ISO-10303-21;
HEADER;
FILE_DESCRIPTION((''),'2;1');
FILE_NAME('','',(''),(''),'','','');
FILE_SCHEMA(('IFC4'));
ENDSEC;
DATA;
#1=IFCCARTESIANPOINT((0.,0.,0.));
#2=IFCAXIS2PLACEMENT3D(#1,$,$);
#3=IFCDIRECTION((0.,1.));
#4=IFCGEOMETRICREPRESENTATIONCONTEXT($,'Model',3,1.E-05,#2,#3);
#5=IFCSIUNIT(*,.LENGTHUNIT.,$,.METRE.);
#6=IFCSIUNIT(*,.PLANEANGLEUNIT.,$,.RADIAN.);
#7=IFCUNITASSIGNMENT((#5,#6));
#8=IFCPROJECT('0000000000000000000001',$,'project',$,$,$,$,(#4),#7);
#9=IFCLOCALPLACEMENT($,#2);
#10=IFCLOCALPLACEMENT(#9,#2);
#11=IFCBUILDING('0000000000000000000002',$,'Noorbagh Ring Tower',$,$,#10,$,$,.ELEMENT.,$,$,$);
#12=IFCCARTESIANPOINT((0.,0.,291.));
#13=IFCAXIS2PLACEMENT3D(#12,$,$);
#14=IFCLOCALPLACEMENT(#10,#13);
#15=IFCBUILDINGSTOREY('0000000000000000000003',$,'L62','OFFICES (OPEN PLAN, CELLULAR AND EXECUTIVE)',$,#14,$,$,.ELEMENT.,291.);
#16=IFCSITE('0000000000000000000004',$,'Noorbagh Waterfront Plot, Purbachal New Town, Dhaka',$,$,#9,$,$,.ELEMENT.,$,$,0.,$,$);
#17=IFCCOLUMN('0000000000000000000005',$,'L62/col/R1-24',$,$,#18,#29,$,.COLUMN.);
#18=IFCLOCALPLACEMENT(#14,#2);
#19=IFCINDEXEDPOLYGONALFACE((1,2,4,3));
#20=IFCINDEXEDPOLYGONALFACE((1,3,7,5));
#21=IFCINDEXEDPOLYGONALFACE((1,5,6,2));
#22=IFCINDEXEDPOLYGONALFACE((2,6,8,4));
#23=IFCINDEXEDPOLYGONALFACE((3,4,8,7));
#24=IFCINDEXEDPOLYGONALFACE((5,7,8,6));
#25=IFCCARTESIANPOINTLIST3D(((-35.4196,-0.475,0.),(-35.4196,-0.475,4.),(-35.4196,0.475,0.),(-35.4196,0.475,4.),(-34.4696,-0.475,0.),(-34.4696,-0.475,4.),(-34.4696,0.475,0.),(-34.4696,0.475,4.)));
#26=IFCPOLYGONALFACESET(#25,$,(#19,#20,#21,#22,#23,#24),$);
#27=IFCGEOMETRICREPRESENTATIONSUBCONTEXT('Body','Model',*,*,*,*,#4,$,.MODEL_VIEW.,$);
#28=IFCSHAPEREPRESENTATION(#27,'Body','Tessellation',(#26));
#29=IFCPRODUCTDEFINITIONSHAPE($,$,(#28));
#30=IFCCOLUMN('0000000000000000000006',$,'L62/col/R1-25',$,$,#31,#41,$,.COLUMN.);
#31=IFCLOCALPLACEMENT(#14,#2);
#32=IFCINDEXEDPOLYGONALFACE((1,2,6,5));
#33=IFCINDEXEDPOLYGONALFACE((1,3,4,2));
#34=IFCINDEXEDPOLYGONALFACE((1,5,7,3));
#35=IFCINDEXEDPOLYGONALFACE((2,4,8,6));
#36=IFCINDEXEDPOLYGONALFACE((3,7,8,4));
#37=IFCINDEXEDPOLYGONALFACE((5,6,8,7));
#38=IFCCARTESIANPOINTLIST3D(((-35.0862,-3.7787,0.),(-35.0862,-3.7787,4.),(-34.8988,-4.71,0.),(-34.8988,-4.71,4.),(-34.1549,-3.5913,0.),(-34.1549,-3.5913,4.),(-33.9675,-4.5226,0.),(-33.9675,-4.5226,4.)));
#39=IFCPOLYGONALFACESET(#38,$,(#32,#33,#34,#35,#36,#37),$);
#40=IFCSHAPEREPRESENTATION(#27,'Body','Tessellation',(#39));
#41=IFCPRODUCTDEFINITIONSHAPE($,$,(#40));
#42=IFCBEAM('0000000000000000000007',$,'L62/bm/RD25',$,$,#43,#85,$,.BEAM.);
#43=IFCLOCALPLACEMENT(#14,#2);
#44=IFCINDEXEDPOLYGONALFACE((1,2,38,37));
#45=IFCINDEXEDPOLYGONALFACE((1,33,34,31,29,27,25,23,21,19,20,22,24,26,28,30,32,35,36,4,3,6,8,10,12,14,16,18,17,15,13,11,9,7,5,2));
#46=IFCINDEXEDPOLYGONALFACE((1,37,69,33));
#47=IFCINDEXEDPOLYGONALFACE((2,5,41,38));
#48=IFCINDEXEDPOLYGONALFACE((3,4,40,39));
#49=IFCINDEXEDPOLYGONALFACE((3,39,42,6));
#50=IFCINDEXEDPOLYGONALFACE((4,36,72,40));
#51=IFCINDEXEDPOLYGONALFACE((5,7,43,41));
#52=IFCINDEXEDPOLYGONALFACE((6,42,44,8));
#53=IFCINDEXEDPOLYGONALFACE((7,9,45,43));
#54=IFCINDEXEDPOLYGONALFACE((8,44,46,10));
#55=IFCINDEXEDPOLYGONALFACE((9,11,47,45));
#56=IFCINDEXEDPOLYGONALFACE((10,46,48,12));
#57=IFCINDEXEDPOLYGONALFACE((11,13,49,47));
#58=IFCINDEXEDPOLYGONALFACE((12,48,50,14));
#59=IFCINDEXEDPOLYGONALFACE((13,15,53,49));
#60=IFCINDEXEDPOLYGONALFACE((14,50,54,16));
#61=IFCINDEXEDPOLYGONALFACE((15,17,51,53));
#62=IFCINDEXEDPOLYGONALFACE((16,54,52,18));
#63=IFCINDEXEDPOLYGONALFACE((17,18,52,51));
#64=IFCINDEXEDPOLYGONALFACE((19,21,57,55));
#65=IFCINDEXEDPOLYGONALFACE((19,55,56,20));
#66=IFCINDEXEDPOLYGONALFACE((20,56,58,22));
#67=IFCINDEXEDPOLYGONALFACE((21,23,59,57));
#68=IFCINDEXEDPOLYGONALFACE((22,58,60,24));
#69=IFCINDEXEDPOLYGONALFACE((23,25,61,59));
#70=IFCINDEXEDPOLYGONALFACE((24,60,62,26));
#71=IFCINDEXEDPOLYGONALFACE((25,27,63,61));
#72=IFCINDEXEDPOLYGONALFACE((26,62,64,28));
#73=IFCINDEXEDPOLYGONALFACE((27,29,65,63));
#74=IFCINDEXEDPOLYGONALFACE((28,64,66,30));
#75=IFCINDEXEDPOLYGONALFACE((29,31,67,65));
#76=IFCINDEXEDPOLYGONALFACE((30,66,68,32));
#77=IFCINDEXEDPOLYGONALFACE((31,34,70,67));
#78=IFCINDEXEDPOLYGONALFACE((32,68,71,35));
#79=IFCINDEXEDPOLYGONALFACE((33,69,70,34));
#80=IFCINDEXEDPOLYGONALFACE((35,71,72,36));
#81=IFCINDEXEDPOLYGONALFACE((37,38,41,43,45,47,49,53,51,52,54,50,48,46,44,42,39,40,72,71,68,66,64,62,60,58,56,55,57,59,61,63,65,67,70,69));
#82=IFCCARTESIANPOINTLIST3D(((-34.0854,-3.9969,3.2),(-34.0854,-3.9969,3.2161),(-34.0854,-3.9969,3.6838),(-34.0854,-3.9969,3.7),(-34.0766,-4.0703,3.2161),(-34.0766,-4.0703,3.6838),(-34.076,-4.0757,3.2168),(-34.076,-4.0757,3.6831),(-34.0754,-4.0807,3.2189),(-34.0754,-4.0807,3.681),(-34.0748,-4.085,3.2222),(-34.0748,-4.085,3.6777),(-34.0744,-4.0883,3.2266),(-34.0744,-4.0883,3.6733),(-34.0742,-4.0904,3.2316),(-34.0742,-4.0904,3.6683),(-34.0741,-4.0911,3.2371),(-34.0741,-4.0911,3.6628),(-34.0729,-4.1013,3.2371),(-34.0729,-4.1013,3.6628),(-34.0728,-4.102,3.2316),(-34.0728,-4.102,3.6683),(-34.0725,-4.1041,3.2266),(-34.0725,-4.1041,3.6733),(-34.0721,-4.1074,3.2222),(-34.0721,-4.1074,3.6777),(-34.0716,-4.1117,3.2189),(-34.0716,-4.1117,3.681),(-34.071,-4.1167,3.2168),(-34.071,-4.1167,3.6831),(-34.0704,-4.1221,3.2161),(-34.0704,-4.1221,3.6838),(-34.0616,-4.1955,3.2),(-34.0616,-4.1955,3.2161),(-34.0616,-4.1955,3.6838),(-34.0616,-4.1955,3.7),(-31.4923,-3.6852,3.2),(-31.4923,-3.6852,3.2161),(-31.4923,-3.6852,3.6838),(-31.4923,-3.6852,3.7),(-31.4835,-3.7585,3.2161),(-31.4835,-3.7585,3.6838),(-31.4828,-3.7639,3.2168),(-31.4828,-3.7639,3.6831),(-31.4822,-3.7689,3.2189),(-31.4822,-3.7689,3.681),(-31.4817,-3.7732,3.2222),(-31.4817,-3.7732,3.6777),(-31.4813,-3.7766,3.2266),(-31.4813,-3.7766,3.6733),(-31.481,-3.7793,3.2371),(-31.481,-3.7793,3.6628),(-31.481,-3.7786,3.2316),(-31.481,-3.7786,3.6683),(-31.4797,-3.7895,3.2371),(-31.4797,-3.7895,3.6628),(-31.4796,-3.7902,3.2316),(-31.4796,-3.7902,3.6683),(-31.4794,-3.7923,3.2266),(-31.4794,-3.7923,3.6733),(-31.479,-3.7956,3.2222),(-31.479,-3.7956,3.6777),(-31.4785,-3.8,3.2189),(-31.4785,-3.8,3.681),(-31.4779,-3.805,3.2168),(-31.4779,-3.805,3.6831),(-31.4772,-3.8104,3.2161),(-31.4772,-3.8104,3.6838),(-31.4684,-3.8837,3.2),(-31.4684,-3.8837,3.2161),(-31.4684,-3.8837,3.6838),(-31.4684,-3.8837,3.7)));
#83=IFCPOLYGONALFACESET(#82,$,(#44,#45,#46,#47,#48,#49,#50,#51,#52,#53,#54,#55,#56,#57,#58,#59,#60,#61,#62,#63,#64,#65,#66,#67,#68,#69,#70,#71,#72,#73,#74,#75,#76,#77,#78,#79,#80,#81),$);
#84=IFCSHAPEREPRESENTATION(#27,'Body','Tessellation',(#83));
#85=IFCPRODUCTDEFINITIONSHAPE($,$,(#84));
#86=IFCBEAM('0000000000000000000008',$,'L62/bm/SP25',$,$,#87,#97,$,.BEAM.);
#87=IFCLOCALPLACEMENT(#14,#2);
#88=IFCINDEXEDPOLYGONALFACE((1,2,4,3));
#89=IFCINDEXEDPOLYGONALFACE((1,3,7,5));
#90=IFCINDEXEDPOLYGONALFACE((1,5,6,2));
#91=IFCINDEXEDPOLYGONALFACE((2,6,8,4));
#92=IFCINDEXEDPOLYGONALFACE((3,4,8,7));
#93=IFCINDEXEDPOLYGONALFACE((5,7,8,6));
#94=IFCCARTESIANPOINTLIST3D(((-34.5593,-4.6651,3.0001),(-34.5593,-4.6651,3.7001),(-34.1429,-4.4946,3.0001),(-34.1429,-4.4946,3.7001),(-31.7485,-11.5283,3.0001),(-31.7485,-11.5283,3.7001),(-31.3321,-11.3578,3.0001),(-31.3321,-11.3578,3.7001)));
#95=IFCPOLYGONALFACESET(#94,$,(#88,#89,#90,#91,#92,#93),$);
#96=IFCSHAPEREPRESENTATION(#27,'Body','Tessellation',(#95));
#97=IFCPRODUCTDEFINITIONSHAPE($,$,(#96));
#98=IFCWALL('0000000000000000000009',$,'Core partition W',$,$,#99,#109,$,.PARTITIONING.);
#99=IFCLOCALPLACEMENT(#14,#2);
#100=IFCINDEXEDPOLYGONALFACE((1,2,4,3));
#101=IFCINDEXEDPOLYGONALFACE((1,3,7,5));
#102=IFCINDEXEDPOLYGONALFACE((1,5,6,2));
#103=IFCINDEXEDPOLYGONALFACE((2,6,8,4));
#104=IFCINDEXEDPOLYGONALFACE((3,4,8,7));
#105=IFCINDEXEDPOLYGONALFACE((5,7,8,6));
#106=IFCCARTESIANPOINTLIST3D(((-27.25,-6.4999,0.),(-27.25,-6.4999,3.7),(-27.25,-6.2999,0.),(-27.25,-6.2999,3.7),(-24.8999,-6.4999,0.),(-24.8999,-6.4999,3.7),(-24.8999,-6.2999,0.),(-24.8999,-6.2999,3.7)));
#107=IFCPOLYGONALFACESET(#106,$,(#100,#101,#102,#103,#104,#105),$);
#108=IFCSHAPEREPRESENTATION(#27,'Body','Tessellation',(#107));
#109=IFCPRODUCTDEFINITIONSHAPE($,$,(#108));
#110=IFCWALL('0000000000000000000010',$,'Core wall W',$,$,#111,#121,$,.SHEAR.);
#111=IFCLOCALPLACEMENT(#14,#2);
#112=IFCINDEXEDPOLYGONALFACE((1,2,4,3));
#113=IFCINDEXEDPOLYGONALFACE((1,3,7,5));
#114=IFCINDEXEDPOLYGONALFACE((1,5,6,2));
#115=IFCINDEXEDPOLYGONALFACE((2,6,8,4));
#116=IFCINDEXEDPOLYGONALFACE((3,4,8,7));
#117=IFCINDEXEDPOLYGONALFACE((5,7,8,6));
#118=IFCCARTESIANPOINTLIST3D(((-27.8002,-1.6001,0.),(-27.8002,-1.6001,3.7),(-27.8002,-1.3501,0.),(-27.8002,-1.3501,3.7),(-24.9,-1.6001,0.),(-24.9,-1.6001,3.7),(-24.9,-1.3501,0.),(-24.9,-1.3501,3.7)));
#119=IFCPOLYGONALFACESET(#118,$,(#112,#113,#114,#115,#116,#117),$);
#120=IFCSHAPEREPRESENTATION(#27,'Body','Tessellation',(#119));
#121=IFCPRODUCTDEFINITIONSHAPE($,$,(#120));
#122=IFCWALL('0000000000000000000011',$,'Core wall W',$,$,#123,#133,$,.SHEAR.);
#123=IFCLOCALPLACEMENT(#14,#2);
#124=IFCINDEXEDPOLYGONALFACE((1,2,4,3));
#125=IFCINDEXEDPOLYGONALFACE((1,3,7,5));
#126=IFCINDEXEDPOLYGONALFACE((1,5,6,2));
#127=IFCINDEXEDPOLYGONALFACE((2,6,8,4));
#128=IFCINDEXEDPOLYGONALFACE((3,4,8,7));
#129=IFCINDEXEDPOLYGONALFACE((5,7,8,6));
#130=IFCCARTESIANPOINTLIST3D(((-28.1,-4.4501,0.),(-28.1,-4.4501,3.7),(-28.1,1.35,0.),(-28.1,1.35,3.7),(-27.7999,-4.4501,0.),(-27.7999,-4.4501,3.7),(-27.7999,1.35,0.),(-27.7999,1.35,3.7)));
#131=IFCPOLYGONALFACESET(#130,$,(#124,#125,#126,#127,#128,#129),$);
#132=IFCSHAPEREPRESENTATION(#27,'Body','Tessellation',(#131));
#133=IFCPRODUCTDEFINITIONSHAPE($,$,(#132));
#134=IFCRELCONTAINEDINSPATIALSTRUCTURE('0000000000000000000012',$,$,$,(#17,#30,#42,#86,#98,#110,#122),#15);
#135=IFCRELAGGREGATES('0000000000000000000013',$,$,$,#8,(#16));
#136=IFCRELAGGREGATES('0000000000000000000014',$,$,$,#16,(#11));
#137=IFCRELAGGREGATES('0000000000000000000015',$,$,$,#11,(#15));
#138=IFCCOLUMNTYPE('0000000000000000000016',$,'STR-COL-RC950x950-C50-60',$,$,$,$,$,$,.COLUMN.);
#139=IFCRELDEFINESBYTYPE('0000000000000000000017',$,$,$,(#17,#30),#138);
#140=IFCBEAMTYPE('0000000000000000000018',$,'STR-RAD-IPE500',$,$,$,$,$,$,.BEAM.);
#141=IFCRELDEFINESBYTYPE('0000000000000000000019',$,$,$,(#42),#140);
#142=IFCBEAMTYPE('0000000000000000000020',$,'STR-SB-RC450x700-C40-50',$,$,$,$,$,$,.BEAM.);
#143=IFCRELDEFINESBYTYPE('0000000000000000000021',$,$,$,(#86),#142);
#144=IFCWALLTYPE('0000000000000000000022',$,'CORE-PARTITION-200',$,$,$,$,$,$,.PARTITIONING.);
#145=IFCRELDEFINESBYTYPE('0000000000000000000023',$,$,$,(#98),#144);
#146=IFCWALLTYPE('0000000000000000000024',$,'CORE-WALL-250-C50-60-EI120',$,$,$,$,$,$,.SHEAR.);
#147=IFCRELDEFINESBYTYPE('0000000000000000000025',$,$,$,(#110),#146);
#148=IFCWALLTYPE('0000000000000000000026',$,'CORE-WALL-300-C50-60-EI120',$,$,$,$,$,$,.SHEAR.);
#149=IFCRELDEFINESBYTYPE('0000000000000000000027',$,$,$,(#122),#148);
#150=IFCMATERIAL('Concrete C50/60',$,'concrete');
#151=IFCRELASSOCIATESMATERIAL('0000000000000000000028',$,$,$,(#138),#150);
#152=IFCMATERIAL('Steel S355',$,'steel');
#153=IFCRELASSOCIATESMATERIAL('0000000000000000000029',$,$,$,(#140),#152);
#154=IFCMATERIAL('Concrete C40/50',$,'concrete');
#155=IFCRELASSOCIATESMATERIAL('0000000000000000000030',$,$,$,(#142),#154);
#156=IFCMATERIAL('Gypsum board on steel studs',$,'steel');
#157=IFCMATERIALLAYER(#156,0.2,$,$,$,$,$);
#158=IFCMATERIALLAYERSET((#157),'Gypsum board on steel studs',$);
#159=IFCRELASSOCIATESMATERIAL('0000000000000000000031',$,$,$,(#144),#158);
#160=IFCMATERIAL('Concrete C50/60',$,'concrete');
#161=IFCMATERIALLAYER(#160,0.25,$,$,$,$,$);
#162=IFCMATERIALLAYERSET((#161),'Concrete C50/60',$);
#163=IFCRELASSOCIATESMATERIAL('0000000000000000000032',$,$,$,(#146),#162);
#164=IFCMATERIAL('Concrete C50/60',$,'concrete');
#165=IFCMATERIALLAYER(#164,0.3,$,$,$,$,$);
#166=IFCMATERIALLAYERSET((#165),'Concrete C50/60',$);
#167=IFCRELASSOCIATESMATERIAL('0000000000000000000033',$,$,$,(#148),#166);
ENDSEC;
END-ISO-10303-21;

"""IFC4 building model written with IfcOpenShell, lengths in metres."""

from ifc_helpers import new_model, si_unit, direction, frame, frame_2d, origin, origin_2d, place, context, subcontext, project, spatial, rectangle, i_section, extrude, material, layer, layer_set, material_profile, profile_set, type_object, element, save


model = new_model("IFC4")

# Units and contexts
model_context = context("Model", 3, precision=1e-05, world=origin(), true_north=direction((0.0, 1.0)))
body_context = subcontext(model_context, "Body", "Model", "MODEL_VIEW")
ifc_project = project(units=[si_unit("LENGTHUNIT", "METRE"), si_unit("PLANEANGLEUNIT", "RADIAN")], contexts=[model_context])

# Site, building, storey
site_placement = place(None, origin())
site = spatial("IfcSite", under=ifc_project, at=site_placement, Name="Noorbagh Waterfront Plot, Purbachal New Town, Dhaka", CompositionType="ELEMENT", RefElevation=0.0)
building_placement = place(site_placement, origin())
building = spatial("IfcBuilding", under=site, at=building_placement, Name="Noorbagh Ring Tower", CompositionType="ELEMENT")
storey_placement = place(building_placement, frame((0.0, 0.0, 291.0)))
storey = spatial("IfcBuildingStorey", under=building, at=storey_placement, Name="L62", Description="OFFICES (OPEN PLAN, CELLULAR AND EXECUTIVE)", CompositionType="ELEMENT", Elevation=291.0)

# Columns
ifc_material_1 = material(Name="Concrete C50/60", Category="concrete")
ifc_material_profile_1 = material_profile(ifc_material_1, rectangle(XDim=0.95, YDim=0.95, at=origin_2d()), Name="RC950x950")
ifc_profile_set_1 = profile_set([ifc_material_profile_1], Name="Concrete C50/60")
column_type = type_object("IfcColumnType", Name="STR-COL-RC950x950-C50-60", PredefinedType="COLUMN", material=ifc_profile_set_1)
for number, where, z_axis, x_axis, name in (
    (1, (-34.9446, 0.0, 0.0), (0.0, 0.0, 1.0), (0.0, -1.0, 0.0), "L62/col/R1-24"),
    (2, (-34.5269, -4.1506, 0.0), (0.0, 0.0, 1.0), (0.19723, -0.980357, 0.0), "L62/col/R1-25"),
):
    element("IfcColumn", number, at=place(storey_placement, frame(where, z_axis=z_axis, x_axis=x_axis)), inside=storey, type_object=column_type, Name=name, PredefinedType="COLUMN", context=body_context, shape_type="SweptSolid", body=[
        extrude(rectangle(XDim=0.95, YDim=0.95, at=origin_2d()), origin(), (0.0, 0.0, 1.0), 4.0),
    ])

# Beams
ifc_material_2 = material(Name="Steel S355", Category="steel")
ifc_material_profile_2 = material_profile(ifc_material_2, i_section(OverallWidth=0.2, OverallDepth=0.5, WebThickness=0.0103, FlangeThickness=0.0161, FilletRadius=0.021, at=origin_2d()), Name="IPE500")
ifc_profile_set_2 = profile_set([ifc_material_profile_2], Name="Steel S355")
beam_type_1 = type_object("IfcBeamType", Name="STR-RAD-IPE500", PredefinedType="BEAM", material=ifc_profile_set_2)
beam_1_placement = place(storey_placement, frame((-34.0735, -4.0962, 3.45), z_axis=(0.992851, 0.119363, 0.0), x_axis=(-0.119363, 0.992851, 0.0)))
element("IfcBeam", 3, at=beam_1_placement, inside=storey, type_object=beam_type_1, Name="L62/bm/RD25", PredefinedType="BEAM", context=body_context, shape_type="SweptSolid", body=[
    extrude(i_section(OverallWidth=0.2, OverallDepth=0.5, WebThickness=0.0103, FlangeThickness=0.0161, FilletRadius=0.021, at=origin_2d()), origin(), (0.0, 0.0, 1.0), 2.6118),
])
ifc_material_3 = material(Name="Concrete C40/50", Category="concrete")
ifc_material_profile_3 = material_profile(ifc_material_3, rectangle(XDim=0.45, YDim=0.7, at=origin_2d()), Name="RC450x700")
ifc_profile_set_3 = profile_set([ifc_material_profile_3], Name="Concrete C40/50")
beam_type_2 = type_object("IfcBeamType", Name="STR-SB-RC450x700-C40-50", PredefinedType="BEAM", material=ifc_profile_set_3)
beam_2_placement = place(storey_placement, frame((-34.3511, -4.5798, 3.3501), z_axis=(0.378989, -0.925401, 0.0), x_axis=(0.925401, 0.378989, 0.0)))
element("IfcBeam", 4, at=beam_2_placement, inside=storey, type_object=beam_type_2, Name="L62/bm/SP25", PredefinedType="BEAM", context=body_context, shape_type="SweptSolid", body=[
    extrude(rectangle(XDim=0.45, YDim=0.7, at=origin_2d()), origin(), (0.0, 0.0, 1.0), 7.4165),
])

# Walls
ifc_material_4 = material(Name="Gypsum board on steel studs", Category="steel")
ifc_layer_1 = layer(ifc_material_4, 0.2)
ifc_layer_set_1 = layer_set([ifc_layer_1], Name="Gypsum board on steel studs")
wall_type_1 = type_object("IfcWallType", Name="CORE-PARTITION-200", PredefinedType="PARTITIONING", material=ifc_layer_set_1)
wall_1_placement = place(storey_placement, frame((-24.8999, -6.3999, 0.0), z_axis=(0.0, 0.0, 1.0), x_axis=(-1.0, 0.0, 0.0)))
element("IfcWall", 5, at=wall_1_placement, inside=storey, type_object=wall_type_1, Name="Core partition W", PredefinedType="PARTITIONING", context=body_context, shape_type="SweptSolid", body=[
    extrude(rectangle(XDim=2.3501, YDim=0.2, at=frame_2d((1.175, 0.0))), origin(), (0.0, 0.0, 1.0), 3.7),
])
ifc_material_5 = material(Name="Concrete C50/60", Category="concrete")
ifc_layer_2 = layer(ifc_material_5, 0.25)
ifc_layer_set_2 = layer_set([ifc_layer_2], Name="Concrete C50/60")
wall_type_2 = type_object("IfcWallType", Name="CORE-WALL-250-C50-60-EI120", PredefinedType="SHEAR", material=ifc_layer_set_2)
wall_2_placement = place(storey_placement, frame((-24.8999, -1.4751, 0.0), z_axis=(0.0, 0.0, 1.0), x_axis=(-1.0, 0.0, 0.0)))
element("IfcWall", 6, at=wall_2_placement, inside=storey, type_object=wall_type_2, Name="Core wall W", PredefinedType="SHEAR", context=body_context, shape_type="SweptSolid", body=[
    extrude(rectangle(XDim=2.9001, YDim=0.25, at=frame_2d((1.4502, 0.0))), origin(), (0.0, 0.0, 1.0), 3.7),
])
ifc_material_6 = material(Name="Concrete C50/60", Category="concrete")
ifc_layer_3 = layer(ifc_material_6, 0.3)
ifc_layer_set_3 = layer_set([ifc_layer_3], Name="Concrete C50/60")
wall_type_3 = type_object("IfcWallType", Name="CORE-WALL-300-C50-60-EI120", PredefinedType="SHEAR", material=ifc_layer_set_3)
wall_3_placement = place(storey_placement, frame((-27.95, -4.45, 0.0), z_axis=(0.0, 0.0, 1.0), x_axis=(0.0, 1.0, 0.0)))
element("IfcWall", 7, at=wall_3_placement, inside=storey, type_object=wall_type_3, Name="Core wall W", PredefinedType="SHEAR", context=body_context, shape_type="SweptSolid", body=[
    extrude(rectangle(XDim=5.8, YDim=0.3, at=frame_2d((2.8999, 0.0))), origin(), (0.0, 0.0, 1.0), 3.7),
])

save(model, "model.ifc")
